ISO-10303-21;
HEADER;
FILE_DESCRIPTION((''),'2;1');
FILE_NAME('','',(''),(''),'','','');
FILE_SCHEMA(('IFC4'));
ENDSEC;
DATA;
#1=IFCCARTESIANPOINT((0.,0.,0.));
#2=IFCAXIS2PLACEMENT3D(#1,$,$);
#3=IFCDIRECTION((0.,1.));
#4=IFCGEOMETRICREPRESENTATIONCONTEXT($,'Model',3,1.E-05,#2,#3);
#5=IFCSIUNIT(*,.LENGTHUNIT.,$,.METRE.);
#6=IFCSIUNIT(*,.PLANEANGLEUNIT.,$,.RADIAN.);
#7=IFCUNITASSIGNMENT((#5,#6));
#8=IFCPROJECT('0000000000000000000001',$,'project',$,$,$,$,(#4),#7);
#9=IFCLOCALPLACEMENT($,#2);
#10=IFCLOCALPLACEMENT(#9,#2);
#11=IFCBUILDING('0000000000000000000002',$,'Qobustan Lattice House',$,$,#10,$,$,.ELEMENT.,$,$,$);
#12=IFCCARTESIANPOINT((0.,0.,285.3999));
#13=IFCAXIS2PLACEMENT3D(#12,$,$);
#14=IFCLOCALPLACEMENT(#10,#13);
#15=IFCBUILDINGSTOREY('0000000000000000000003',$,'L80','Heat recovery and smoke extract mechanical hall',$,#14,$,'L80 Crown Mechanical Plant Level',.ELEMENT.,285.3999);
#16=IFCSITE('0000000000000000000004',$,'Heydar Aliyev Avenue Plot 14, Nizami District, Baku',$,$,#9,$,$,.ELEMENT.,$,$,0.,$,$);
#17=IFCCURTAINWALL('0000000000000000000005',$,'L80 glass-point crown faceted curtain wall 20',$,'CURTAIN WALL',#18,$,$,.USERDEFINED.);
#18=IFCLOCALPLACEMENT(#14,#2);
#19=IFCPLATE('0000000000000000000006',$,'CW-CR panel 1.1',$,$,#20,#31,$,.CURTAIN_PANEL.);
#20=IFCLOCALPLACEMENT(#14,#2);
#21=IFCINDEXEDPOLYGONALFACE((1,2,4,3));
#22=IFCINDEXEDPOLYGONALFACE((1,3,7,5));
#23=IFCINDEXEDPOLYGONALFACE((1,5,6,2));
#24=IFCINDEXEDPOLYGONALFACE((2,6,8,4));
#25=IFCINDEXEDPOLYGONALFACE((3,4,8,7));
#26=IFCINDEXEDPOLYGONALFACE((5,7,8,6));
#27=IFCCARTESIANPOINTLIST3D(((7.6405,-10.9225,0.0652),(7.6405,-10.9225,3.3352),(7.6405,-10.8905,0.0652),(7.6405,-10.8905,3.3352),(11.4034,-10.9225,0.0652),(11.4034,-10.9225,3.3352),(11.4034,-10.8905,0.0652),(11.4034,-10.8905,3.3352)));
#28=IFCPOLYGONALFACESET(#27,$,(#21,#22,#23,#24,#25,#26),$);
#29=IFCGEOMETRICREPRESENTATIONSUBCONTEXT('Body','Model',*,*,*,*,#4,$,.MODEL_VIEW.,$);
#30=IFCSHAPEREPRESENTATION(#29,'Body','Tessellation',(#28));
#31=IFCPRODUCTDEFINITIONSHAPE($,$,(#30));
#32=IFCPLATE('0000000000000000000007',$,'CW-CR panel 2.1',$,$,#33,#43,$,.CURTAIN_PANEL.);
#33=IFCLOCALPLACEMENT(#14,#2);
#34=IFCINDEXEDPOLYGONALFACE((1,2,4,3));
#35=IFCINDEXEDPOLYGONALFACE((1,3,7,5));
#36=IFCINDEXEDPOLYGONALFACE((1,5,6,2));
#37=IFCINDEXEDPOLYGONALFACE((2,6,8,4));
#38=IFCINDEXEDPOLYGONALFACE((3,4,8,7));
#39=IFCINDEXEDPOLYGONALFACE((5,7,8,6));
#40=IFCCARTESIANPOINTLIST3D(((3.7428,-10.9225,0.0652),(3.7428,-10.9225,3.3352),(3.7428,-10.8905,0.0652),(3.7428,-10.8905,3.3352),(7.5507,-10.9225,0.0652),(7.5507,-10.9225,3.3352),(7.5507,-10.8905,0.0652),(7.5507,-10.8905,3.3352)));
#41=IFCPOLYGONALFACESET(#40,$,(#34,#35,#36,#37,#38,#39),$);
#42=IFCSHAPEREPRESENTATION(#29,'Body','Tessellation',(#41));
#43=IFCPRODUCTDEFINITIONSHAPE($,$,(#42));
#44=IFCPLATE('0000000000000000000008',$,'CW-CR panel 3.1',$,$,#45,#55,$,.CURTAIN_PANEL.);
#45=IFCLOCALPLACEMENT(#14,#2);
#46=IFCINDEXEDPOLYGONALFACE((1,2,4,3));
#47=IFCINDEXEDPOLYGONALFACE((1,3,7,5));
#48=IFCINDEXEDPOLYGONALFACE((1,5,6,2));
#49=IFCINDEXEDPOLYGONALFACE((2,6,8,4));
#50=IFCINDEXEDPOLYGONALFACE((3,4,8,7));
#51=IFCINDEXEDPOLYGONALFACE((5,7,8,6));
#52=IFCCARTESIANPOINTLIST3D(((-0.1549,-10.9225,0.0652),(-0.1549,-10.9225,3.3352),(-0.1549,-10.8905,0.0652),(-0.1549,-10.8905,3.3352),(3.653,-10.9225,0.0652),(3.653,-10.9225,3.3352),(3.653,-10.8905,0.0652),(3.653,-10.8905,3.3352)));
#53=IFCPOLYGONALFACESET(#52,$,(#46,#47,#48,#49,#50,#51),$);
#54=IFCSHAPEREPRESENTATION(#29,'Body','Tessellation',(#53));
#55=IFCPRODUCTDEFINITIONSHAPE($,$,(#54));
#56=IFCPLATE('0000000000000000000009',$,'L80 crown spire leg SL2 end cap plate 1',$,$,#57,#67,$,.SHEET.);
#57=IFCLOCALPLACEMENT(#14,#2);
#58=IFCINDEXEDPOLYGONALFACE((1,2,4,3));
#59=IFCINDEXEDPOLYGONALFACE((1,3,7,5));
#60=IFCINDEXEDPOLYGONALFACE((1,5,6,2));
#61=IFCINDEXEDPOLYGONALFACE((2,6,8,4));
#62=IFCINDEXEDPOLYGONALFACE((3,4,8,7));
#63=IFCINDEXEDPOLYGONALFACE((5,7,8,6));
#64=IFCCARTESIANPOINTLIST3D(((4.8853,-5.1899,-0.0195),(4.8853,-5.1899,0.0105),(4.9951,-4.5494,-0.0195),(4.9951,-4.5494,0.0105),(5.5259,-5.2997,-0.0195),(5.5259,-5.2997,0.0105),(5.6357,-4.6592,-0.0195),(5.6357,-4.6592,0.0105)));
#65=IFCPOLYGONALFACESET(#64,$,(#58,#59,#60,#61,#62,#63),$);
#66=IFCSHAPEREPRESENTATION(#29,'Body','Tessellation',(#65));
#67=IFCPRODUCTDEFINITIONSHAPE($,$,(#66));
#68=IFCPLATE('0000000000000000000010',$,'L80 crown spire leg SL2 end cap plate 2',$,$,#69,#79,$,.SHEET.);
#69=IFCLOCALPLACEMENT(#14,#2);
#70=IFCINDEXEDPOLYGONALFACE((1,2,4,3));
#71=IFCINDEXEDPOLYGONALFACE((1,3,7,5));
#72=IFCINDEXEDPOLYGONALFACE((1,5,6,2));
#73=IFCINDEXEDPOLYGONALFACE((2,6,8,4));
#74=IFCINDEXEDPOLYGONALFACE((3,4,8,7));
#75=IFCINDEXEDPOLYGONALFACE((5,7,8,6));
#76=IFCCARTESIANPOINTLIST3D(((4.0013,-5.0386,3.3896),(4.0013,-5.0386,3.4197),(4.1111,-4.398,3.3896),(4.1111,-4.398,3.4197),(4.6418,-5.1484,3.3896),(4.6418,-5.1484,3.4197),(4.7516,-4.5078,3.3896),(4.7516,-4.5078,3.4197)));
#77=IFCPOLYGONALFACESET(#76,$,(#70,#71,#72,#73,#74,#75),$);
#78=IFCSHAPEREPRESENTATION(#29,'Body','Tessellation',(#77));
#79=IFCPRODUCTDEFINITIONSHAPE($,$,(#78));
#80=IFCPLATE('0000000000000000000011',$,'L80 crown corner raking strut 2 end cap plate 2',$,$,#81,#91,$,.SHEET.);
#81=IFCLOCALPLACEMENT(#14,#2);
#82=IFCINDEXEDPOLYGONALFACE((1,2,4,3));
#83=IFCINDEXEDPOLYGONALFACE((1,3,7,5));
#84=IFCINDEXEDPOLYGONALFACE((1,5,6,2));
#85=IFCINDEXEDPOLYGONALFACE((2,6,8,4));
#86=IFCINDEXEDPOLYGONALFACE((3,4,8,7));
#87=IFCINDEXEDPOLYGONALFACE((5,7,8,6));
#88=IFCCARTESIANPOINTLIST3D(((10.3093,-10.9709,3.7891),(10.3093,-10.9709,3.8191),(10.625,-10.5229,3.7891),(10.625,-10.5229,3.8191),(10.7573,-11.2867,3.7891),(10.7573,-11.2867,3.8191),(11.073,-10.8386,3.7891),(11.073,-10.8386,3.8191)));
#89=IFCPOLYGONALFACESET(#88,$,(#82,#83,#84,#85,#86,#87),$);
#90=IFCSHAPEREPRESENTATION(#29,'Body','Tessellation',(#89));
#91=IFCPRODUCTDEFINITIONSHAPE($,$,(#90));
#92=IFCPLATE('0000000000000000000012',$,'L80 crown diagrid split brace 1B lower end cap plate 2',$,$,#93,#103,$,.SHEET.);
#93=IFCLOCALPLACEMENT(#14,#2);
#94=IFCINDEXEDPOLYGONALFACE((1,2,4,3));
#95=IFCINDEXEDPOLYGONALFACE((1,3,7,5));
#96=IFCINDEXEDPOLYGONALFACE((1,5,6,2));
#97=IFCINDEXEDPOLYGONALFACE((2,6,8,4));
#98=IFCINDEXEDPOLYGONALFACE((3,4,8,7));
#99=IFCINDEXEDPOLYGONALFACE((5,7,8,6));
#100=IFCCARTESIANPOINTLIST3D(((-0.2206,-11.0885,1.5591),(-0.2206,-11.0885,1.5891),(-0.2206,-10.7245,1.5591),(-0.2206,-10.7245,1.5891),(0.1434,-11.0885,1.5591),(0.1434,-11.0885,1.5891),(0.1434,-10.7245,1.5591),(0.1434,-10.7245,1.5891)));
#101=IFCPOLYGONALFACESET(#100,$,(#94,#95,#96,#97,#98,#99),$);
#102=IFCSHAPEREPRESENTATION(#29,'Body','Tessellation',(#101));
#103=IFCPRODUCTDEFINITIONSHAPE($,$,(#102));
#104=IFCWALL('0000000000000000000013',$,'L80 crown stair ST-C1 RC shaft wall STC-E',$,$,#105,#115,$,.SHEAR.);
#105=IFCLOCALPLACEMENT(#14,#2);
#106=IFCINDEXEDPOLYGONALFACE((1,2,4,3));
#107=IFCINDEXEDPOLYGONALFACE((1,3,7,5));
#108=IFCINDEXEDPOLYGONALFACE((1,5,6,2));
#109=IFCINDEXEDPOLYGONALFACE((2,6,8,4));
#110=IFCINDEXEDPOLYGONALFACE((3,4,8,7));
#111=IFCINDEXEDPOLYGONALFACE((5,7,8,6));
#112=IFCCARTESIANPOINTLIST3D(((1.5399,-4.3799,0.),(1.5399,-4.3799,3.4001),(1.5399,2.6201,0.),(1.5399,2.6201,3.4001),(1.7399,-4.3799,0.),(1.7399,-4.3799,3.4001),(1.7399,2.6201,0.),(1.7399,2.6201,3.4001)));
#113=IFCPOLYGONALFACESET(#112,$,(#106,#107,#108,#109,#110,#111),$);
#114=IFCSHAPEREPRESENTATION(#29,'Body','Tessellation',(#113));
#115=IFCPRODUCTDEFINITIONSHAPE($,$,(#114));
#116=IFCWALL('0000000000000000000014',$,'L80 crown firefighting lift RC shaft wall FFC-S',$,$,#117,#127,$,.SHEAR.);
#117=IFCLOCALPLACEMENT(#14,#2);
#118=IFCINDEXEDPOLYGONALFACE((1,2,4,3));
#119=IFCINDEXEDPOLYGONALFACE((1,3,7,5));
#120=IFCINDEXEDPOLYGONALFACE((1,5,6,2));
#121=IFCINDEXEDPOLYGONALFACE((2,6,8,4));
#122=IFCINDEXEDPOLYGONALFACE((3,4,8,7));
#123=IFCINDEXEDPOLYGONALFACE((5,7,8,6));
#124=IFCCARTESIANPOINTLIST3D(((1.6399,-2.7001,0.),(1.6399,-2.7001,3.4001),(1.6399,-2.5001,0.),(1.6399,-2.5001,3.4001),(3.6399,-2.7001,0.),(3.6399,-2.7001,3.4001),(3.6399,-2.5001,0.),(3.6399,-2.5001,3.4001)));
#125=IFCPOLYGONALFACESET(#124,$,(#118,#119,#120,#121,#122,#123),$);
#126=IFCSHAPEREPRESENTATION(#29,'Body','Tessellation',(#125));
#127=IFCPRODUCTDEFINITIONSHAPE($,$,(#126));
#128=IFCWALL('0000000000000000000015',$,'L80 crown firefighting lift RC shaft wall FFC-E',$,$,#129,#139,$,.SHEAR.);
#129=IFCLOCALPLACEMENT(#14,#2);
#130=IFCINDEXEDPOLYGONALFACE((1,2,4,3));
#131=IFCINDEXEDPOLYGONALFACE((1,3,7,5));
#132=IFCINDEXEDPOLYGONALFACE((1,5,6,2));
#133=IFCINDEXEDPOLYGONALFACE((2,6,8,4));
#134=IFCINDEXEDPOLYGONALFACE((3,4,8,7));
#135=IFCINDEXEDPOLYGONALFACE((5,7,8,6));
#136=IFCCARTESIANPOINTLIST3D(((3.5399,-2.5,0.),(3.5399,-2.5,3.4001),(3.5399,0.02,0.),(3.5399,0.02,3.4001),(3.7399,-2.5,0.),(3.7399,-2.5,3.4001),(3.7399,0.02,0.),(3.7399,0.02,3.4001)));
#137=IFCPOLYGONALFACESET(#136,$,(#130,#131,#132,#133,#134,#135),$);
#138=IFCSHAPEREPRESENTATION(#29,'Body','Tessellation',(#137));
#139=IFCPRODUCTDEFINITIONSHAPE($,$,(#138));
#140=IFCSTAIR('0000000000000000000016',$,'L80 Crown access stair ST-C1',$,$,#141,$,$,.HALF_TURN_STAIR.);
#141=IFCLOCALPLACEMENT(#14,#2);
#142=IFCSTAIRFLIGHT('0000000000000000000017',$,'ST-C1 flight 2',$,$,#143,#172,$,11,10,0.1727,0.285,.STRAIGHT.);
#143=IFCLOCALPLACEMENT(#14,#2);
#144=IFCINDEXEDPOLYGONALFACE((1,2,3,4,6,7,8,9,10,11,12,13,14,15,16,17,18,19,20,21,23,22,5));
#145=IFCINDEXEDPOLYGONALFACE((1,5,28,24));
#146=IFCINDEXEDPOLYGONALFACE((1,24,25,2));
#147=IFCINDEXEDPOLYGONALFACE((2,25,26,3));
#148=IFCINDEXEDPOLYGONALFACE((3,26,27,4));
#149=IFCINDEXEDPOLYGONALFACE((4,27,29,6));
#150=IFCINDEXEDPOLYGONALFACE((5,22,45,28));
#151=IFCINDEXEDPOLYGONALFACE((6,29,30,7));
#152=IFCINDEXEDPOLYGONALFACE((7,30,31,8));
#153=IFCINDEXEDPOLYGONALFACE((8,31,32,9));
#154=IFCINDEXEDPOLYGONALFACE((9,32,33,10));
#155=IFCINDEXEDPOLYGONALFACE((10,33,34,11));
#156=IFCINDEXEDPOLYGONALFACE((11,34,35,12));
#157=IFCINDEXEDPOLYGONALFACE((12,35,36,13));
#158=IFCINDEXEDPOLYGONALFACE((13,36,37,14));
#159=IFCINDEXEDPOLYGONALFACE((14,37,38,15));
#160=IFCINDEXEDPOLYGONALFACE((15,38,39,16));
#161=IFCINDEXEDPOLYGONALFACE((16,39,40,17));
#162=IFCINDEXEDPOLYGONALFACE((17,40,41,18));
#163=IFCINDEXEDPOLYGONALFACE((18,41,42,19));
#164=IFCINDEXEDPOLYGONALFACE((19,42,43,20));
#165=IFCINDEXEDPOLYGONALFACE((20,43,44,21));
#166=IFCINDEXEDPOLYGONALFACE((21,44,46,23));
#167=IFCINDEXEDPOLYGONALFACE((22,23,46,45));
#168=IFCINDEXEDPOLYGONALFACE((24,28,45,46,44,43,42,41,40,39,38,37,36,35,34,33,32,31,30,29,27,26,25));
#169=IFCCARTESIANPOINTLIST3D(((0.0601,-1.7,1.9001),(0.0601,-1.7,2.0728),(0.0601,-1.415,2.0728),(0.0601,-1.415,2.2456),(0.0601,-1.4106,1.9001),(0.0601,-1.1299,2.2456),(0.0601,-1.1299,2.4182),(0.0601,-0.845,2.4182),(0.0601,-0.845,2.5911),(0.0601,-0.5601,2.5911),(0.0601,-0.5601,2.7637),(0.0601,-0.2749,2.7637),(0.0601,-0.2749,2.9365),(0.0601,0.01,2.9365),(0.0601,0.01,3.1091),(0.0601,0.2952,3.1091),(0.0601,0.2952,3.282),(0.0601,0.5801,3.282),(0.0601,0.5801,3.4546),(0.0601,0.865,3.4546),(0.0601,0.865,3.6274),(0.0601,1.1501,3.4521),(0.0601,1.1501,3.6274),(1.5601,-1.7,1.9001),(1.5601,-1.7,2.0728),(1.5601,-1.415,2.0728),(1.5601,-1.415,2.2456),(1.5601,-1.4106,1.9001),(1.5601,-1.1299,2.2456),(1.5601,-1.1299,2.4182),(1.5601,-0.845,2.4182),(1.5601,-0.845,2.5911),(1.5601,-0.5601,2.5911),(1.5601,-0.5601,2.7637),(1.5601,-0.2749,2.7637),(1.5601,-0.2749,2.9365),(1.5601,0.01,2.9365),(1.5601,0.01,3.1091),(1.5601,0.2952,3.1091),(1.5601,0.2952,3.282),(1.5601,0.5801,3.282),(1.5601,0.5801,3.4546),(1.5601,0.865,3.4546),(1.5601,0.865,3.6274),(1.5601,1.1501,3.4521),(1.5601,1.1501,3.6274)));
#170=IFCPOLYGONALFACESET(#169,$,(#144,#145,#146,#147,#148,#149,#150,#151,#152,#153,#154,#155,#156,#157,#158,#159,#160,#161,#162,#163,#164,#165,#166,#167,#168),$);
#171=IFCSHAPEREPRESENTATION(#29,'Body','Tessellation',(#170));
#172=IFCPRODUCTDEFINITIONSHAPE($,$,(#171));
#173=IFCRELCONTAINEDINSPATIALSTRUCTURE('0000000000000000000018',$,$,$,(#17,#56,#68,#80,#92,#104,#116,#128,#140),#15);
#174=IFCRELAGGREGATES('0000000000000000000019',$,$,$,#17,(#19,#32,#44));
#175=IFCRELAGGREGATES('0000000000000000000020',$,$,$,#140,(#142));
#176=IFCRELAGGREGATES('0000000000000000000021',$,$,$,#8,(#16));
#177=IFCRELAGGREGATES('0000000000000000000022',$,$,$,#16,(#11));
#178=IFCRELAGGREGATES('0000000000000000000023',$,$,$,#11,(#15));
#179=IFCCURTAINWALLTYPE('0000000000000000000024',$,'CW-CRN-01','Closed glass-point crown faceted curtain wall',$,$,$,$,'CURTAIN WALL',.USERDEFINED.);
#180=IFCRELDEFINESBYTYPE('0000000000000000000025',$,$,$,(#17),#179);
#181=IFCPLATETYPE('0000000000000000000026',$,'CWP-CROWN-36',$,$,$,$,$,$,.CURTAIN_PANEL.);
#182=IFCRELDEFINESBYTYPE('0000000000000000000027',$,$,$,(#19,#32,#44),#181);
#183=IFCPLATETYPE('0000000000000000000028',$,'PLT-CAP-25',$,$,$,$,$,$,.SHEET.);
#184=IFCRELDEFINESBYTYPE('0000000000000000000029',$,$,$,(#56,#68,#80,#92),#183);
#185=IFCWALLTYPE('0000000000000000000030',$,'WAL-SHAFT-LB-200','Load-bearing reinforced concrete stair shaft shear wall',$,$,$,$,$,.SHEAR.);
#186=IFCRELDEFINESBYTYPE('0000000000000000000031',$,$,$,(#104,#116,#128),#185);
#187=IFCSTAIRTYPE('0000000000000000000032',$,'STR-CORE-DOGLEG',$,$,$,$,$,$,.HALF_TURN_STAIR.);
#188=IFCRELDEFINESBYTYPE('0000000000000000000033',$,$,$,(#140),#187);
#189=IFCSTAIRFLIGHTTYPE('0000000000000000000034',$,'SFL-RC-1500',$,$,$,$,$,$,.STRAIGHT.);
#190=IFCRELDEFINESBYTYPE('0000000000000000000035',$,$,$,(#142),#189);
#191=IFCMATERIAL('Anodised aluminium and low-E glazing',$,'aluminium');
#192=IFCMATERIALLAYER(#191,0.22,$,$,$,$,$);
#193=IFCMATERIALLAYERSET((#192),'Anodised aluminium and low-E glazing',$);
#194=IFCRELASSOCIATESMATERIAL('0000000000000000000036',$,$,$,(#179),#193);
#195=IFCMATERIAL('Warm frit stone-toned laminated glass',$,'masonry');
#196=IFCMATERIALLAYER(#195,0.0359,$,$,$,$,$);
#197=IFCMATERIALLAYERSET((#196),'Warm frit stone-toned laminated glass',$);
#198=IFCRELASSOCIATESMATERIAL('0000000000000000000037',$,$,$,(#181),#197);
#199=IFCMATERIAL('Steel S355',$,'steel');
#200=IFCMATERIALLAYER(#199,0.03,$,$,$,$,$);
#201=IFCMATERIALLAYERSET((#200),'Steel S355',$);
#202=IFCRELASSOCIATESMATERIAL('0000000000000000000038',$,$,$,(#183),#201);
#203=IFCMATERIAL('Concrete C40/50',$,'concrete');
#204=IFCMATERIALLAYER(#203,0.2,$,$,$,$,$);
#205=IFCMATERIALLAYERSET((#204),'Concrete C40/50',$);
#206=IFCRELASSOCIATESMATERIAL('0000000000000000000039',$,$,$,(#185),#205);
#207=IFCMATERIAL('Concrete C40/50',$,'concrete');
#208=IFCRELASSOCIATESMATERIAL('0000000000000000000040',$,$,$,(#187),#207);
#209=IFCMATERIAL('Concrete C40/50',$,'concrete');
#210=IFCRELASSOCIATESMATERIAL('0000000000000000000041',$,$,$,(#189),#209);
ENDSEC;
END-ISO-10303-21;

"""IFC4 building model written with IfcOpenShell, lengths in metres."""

from ifc_helpers import new_model, si_unit, direction, frame, frame_2d, origin, origin_2d, place, context, subcontext, project, spatial, polyline, rectangle, outline, extrude, material, layer, layer_set, type_object, element, aggregate, save


model = new_model("IFC4")

# Units and contexts
model_context = context("Model", 3, precision=1e-05, world=origin(), true_north=direction((0.0, 1.0)))
body_context = subcontext(model_context, "Body", "Model", "MODEL_VIEW")
ifc_project = project(units=[si_unit("LENGTHUNIT", "METRE"), si_unit("PLANEANGLEUNIT", "RADIAN")], contexts=[model_context])

# Site, building, storey
site_placement = place(None, origin())
site = spatial("IfcSite", under=ifc_project, at=site_placement, Name="Heydar Aliyev Avenue Plot 14, Nizami District, Baku", CompositionType="ELEMENT", RefElevation=0.0)
building_placement = place(site_placement, origin())
building = spatial("IfcBuilding", under=site, at=building_placement, Name="Qobustan Lattice House", CompositionType="ELEMENT")
storey_placement = place(building_placement, frame((0.0, 0.0, 285.3999)))
storey = spatial("IfcBuildingStorey", under=building, at=storey_placement, Name="L80", Description="Heat recovery and smoke extract mechanical hall", LongName="L80 Crown Mechanical Plant Level", CompositionType="ELEMENT", Elevation=285.3999)

# Curtain wall
ifc_material_1 = material(Name="Anodised aluminium and low-E glazing", Category="aluminium")
ifc_layer_1 = layer(ifc_material_1, 0.22)
ifc_layer_set_1 = layer_set([ifc_layer_1], Name="Anodised aluminium and low-E glazing")
curtain_wall_type = type_object("IfcCurtainWallType", Name="CW-CRN-01", Description="Closed glass-point crown faceted curtain wall", ElementType="CURTAIN WALL", PredefinedType="USERDEFINED", material=ifc_layer_set_1)
curtain_wall_placement = place(storey_placement, origin())
curtain_wall = element("IfcCurtainWall", 1, at=curtain_wall_placement, inside=storey, type_object=curtain_wall_type, Name="L80 glass-point crown faceted curtain wall 20", ObjectType="CURTAIN WALL", PredefinedType="USERDEFINED")

# Plates
ifc_material_2 = material(Name="Warm frit stone-toned laminated glass", Category="masonry")
ifc_layer_2 = layer(ifc_material_2, 0.0359)
ifc_layer_set_2 = layer_set([ifc_layer_2], Name="Warm frit stone-toned laminated glass")
plate_type_1 = type_object("IfcPlateType", Name="CWP-CROWN-36", PredefinedType="CURTAIN_PANEL", material=ifc_layer_set_2)
plate_1_placement = place(storey_placement, frame((9.522, -10.9065, 0.0652), z_axis=(0.0, 0.0, 1.0), x_axis=(-1.0, 0.0, 0.0)))
plate_1 = element("IfcPlate", 2, at=plate_1_placement, type_object=plate_type_1, Name="CW-CR panel 1.1", PredefinedType="CURTAIN_PANEL", context=body_context, shape_type="SweptSolid", body=[
    extrude(rectangle(XDim=3.7629, YDim=0.032, at=origin_2d()), origin(), (0.0, 0.0, 1.0), 3.27),
])
plate_2_placement = place(storey_placement, frame((5.6467, -10.9065, 0.0652), z_axis=(0.0, 0.0, 1.0), x_axis=(-1.0, 0.0, 0.0)))
plate_2 = element("IfcPlate", 3, at=plate_2_placement, type_object=plate_type_1, Name="CW-CR panel 2.1", PredefinedType="CURTAIN_PANEL", context=body_context, shape_type="SweptSolid", body=[
    extrude(rectangle(XDim=3.8079, YDim=0.032, at=origin_2d()), origin(), (0.0, 0.0, 1.0), 3.27),
])
plate_3_placement = place(storey_placement, frame((1.749, -10.9065, 0.0652), z_axis=(0.0, 0.0, 1.0), x_axis=(-1.0, 0.0, 0.0)))
plate_3 = element("IfcPlate", 4, at=plate_3_placement, type_object=plate_type_1, Name="CW-CR panel 3.1", PredefinedType="CURTAIN_PANEL", context=body_context, shape_type="SweptSolid", body=[
    extrude(rectangle(XDim=3.8079, YDim=0.032, at=origin_2d()), origin(), (0.0, 0.0, 1.0), 3.27),
])
aggregate(curtain_wall, [plate_1, plate_2, plate_3])

# Plates
ifc_material_3 = material(Name="Steel S355", Category="steel")
ifc_layer_3 = layer(ifc_material_3, 0.03)
ifc_layer_set_3 = layer_set([ifc_layer_3], Name="Steel S355")
plate_type_2 = type_object("IfcPlateType", Name="PLT-CAP-25", PredefinedType="SHEET", material=ifc_layer_set_3)
for number, where, z_axis, x_axis, name in (
    (5, (5.2605, -4.9246, -0.0195), (0.0, 0.0, 1.0), (-0.985624, 0.168954, 0.0), "L80 crown spire leg SL2 end cap plate 1"),
    (6, (4.3765, -4.7732, 3.3896), (0.0, 0.0, 1.0), (-0.985624, 0.168954, 0.0), "L80 crown spire leg SL2 end cap plate 2"),
):
    element("IfcPlate", number, at=place(storey_placement, frame(where, z_axis=z_axis, x_axis=x_axis)), inside=storey, type_object=plate_type_2, Name=name, PredefinedType="SHEET", context=body_context, shape_type="SweptSolid", body=[
        extrude(rectangle(XDim=0.6499, YDim=0.6499, at=origin_2d()), origin(), (0.0, 0.0, 1.0), 0.03),
    ])
plate_4_placement = place(storey_placement, frame((10.6912, -10.9048, 3.7891), z_axis=(0.0, 0.0, 1.0), x_axis=(-0.817426, 0.576033, 0.0)))
element("IfcPlate", 7, at=plate_4_placement, inside=storey, type_object=plate_type_2, Name="L80 crown corner raking strut 2 end cap plate 2", PredefinedType="SHEET", context=body_context, shape_type="SweptSolid", body=[
    extrude(rectangle(XDim=0.5481, YDim=0.5481, at=origin_2d()), origin(), (0.0, 0.0, 1.0), 0.03),
])
plate_5_placement = place(storey_placement, frame((-0.0386, -10.9065, 1.5591), z_axis=(0.0, 0.0, 1.0), x_axis=(-1.0, 0.0, 0.0)))
element("IfcPlate", 8, at=plate_5_placement, inside=storey, type_object=plate_type_2, Name="L80 crown diagrid split brace 1B lower end cap plate 2", PredefinedType="SHEET", context=body_context, shape_type="SweptSolid", body=[
    extrude(rectangle(XDim=0.364, YDim=0.364, at=origin_2d()), origin(), (0.0, 0.0, 1.0), 0.03),
])

# Walls
ifc_material_4 = material(Name="Concrete C40/50", Category="concrete")
ifc_layer_4 = layer(ifc_material_4, 0.2)
ifc_layer_set_4 = layer_set([ifc_layer_4], Name="Concrete C40/50")
wall_type = type_object("IfcWallType", Name="WAL-SHAFT-LB-200", Description="Load-bearing reinforced concrete stair shaft shear wall", PredefinedType="SHEAR", material=ifc_layer_set_4)
wall_1_placement = place(storey_placement, frame((1.6399, -4.3799, 0.0), z_axis=(0.0, 0.0, 1.0), x_axis=(0.0, 1.0, 0.0)))
element("IfcWall", 9, at=wall_1_placement, inside=storey, type_object=wall_type, Name="L80 crown stair ST-C1 RC shaft wall STC-E", PredefinedType="SHEAR", context=body_context, shape_type="SweptSolid", body=[
    extrude(rectangle(XDim=7.0, YDim=0.2, at=frame_2d((3.5, 0.0))), origin(), (0.0, 0.0, 1.0), 3.4001),
])
wall_2_placement = place(storey_placement, frame((1.6399, -2.6001, 0.0), z_axis=(0.0, 0.0, 1.0), x_axis=(1.0, 0.0, 0.0)))
element("IfcWall", 10, at=wall_2_placement, inside=storey, type_object=wall_type, Name="L80 crown firefighting lift RC shaft wall FFC-S", PredefinedType="SHEAR", context=body_context, shape_type="SweptSolid", body=[
    extrude(rectangle(XDim=2.0, YDim=0.2, at=frame_2d((1.0, 0.0))), origin(), (0.0, 0.0, 1.0), 3.4001),
])
wall_3_placement = place(storey_placement, frame((3.6399, -2.5, 0.0), z_axis=(0.0, 0.0, 1.0), x_axis=(0.0, 1.0, 0.0)))
element("IfcWall", 11, at=wall_3_placement, inside=storey, type_object=wall_type, Name="L80 crown firefighting lift RC shaft wall FFC-E", PredefinedType="SHEAR", context=body_context, shape_type="SweptSolid", body=[
    extrude(rectangle(XDim=2.52, YDim=0.2, at=frame_2d((1.26, 0.0))), origin(), (0.0, 0.0, 1.0), 3.4001),
])

# Stair, stair flight
ifc_material_5 = material(Name="Concrete C40/50", Category="concrete")
stair_type = type_object("IfcStairType", Name="STR-CORE-DOGLEG", PredefinedType="HALF_TURN_STAIR", material=ifc_material_5)
stair_placement = place(storey_placement, origin())
stair = element("IfcStair", 12, at=stair_placement, inside=storey, type_object=stair_type, Name="L80 Crown access stair ST-C1", PredefinedType="HALF_TURN_STAIR")
ifc_material_6 = material(Name="Concrete C40/50", Category="concrete")
stair_flight_type = type_object("IfcStairFlightType", Name="SFL-RC-1500", PredefinedType="STRAIGHT", material=ifc_material_6)
stair_flight_placement = place(storey_placement, frame((0.8101, -1.7, 1.9001), z_axis=(0.0, 0.0, 1.0), x_axis=(0.0, 1.0, 0.0)))
stair_flight = element("IfcStairFlight", 13, at=stair_flight_placement, type_object=stair_flight_type, Name="ST-C1 flight 2", NumberOfRisers=11, NumberOfTreads=10, PredefinedType="STRAIGHT", RiserHeight=0.1727, TreadLength=0.285, context=body_context, shape_type="SweptSolid", body=[
    extrude(outline(polyline([(0.0, 0.0), (0.0, 0.1726), (0.2849, 0.1726), (0.2849, 0.3455), (0.5701, 0.3455), (0.5701, 0.5181), (0.855, 0.5181), (0.855, 0.6909), (1.1399, 0.6909), (1.1399, 0.8635), (1.425, 0.8635), (1.425, 1.0364), (1.71, 1.0364), (1.71, 1.209), (1.9951, 1.209), (1.9951, 1.3818), (2.28, 1.3818), (2.28, 1.5544), (2.5649, 1.5544), (2.5649, 1.7273), (2.8501, 1.7273), (2.8501, 1.8999), (2.8501, 1.552), (0.2893, 0.0), (0.0, 0.0)])), frame((0.0, 0.75, 0.0), z_axis=(0.0, -1.0, 0.0), x_axis=(1.0, 0.0, 0.0)), (0.0, 0.0, 1.0), 1.5),
])
aggregate(stair, [stair_flight])

save(model, "model.ifc")
